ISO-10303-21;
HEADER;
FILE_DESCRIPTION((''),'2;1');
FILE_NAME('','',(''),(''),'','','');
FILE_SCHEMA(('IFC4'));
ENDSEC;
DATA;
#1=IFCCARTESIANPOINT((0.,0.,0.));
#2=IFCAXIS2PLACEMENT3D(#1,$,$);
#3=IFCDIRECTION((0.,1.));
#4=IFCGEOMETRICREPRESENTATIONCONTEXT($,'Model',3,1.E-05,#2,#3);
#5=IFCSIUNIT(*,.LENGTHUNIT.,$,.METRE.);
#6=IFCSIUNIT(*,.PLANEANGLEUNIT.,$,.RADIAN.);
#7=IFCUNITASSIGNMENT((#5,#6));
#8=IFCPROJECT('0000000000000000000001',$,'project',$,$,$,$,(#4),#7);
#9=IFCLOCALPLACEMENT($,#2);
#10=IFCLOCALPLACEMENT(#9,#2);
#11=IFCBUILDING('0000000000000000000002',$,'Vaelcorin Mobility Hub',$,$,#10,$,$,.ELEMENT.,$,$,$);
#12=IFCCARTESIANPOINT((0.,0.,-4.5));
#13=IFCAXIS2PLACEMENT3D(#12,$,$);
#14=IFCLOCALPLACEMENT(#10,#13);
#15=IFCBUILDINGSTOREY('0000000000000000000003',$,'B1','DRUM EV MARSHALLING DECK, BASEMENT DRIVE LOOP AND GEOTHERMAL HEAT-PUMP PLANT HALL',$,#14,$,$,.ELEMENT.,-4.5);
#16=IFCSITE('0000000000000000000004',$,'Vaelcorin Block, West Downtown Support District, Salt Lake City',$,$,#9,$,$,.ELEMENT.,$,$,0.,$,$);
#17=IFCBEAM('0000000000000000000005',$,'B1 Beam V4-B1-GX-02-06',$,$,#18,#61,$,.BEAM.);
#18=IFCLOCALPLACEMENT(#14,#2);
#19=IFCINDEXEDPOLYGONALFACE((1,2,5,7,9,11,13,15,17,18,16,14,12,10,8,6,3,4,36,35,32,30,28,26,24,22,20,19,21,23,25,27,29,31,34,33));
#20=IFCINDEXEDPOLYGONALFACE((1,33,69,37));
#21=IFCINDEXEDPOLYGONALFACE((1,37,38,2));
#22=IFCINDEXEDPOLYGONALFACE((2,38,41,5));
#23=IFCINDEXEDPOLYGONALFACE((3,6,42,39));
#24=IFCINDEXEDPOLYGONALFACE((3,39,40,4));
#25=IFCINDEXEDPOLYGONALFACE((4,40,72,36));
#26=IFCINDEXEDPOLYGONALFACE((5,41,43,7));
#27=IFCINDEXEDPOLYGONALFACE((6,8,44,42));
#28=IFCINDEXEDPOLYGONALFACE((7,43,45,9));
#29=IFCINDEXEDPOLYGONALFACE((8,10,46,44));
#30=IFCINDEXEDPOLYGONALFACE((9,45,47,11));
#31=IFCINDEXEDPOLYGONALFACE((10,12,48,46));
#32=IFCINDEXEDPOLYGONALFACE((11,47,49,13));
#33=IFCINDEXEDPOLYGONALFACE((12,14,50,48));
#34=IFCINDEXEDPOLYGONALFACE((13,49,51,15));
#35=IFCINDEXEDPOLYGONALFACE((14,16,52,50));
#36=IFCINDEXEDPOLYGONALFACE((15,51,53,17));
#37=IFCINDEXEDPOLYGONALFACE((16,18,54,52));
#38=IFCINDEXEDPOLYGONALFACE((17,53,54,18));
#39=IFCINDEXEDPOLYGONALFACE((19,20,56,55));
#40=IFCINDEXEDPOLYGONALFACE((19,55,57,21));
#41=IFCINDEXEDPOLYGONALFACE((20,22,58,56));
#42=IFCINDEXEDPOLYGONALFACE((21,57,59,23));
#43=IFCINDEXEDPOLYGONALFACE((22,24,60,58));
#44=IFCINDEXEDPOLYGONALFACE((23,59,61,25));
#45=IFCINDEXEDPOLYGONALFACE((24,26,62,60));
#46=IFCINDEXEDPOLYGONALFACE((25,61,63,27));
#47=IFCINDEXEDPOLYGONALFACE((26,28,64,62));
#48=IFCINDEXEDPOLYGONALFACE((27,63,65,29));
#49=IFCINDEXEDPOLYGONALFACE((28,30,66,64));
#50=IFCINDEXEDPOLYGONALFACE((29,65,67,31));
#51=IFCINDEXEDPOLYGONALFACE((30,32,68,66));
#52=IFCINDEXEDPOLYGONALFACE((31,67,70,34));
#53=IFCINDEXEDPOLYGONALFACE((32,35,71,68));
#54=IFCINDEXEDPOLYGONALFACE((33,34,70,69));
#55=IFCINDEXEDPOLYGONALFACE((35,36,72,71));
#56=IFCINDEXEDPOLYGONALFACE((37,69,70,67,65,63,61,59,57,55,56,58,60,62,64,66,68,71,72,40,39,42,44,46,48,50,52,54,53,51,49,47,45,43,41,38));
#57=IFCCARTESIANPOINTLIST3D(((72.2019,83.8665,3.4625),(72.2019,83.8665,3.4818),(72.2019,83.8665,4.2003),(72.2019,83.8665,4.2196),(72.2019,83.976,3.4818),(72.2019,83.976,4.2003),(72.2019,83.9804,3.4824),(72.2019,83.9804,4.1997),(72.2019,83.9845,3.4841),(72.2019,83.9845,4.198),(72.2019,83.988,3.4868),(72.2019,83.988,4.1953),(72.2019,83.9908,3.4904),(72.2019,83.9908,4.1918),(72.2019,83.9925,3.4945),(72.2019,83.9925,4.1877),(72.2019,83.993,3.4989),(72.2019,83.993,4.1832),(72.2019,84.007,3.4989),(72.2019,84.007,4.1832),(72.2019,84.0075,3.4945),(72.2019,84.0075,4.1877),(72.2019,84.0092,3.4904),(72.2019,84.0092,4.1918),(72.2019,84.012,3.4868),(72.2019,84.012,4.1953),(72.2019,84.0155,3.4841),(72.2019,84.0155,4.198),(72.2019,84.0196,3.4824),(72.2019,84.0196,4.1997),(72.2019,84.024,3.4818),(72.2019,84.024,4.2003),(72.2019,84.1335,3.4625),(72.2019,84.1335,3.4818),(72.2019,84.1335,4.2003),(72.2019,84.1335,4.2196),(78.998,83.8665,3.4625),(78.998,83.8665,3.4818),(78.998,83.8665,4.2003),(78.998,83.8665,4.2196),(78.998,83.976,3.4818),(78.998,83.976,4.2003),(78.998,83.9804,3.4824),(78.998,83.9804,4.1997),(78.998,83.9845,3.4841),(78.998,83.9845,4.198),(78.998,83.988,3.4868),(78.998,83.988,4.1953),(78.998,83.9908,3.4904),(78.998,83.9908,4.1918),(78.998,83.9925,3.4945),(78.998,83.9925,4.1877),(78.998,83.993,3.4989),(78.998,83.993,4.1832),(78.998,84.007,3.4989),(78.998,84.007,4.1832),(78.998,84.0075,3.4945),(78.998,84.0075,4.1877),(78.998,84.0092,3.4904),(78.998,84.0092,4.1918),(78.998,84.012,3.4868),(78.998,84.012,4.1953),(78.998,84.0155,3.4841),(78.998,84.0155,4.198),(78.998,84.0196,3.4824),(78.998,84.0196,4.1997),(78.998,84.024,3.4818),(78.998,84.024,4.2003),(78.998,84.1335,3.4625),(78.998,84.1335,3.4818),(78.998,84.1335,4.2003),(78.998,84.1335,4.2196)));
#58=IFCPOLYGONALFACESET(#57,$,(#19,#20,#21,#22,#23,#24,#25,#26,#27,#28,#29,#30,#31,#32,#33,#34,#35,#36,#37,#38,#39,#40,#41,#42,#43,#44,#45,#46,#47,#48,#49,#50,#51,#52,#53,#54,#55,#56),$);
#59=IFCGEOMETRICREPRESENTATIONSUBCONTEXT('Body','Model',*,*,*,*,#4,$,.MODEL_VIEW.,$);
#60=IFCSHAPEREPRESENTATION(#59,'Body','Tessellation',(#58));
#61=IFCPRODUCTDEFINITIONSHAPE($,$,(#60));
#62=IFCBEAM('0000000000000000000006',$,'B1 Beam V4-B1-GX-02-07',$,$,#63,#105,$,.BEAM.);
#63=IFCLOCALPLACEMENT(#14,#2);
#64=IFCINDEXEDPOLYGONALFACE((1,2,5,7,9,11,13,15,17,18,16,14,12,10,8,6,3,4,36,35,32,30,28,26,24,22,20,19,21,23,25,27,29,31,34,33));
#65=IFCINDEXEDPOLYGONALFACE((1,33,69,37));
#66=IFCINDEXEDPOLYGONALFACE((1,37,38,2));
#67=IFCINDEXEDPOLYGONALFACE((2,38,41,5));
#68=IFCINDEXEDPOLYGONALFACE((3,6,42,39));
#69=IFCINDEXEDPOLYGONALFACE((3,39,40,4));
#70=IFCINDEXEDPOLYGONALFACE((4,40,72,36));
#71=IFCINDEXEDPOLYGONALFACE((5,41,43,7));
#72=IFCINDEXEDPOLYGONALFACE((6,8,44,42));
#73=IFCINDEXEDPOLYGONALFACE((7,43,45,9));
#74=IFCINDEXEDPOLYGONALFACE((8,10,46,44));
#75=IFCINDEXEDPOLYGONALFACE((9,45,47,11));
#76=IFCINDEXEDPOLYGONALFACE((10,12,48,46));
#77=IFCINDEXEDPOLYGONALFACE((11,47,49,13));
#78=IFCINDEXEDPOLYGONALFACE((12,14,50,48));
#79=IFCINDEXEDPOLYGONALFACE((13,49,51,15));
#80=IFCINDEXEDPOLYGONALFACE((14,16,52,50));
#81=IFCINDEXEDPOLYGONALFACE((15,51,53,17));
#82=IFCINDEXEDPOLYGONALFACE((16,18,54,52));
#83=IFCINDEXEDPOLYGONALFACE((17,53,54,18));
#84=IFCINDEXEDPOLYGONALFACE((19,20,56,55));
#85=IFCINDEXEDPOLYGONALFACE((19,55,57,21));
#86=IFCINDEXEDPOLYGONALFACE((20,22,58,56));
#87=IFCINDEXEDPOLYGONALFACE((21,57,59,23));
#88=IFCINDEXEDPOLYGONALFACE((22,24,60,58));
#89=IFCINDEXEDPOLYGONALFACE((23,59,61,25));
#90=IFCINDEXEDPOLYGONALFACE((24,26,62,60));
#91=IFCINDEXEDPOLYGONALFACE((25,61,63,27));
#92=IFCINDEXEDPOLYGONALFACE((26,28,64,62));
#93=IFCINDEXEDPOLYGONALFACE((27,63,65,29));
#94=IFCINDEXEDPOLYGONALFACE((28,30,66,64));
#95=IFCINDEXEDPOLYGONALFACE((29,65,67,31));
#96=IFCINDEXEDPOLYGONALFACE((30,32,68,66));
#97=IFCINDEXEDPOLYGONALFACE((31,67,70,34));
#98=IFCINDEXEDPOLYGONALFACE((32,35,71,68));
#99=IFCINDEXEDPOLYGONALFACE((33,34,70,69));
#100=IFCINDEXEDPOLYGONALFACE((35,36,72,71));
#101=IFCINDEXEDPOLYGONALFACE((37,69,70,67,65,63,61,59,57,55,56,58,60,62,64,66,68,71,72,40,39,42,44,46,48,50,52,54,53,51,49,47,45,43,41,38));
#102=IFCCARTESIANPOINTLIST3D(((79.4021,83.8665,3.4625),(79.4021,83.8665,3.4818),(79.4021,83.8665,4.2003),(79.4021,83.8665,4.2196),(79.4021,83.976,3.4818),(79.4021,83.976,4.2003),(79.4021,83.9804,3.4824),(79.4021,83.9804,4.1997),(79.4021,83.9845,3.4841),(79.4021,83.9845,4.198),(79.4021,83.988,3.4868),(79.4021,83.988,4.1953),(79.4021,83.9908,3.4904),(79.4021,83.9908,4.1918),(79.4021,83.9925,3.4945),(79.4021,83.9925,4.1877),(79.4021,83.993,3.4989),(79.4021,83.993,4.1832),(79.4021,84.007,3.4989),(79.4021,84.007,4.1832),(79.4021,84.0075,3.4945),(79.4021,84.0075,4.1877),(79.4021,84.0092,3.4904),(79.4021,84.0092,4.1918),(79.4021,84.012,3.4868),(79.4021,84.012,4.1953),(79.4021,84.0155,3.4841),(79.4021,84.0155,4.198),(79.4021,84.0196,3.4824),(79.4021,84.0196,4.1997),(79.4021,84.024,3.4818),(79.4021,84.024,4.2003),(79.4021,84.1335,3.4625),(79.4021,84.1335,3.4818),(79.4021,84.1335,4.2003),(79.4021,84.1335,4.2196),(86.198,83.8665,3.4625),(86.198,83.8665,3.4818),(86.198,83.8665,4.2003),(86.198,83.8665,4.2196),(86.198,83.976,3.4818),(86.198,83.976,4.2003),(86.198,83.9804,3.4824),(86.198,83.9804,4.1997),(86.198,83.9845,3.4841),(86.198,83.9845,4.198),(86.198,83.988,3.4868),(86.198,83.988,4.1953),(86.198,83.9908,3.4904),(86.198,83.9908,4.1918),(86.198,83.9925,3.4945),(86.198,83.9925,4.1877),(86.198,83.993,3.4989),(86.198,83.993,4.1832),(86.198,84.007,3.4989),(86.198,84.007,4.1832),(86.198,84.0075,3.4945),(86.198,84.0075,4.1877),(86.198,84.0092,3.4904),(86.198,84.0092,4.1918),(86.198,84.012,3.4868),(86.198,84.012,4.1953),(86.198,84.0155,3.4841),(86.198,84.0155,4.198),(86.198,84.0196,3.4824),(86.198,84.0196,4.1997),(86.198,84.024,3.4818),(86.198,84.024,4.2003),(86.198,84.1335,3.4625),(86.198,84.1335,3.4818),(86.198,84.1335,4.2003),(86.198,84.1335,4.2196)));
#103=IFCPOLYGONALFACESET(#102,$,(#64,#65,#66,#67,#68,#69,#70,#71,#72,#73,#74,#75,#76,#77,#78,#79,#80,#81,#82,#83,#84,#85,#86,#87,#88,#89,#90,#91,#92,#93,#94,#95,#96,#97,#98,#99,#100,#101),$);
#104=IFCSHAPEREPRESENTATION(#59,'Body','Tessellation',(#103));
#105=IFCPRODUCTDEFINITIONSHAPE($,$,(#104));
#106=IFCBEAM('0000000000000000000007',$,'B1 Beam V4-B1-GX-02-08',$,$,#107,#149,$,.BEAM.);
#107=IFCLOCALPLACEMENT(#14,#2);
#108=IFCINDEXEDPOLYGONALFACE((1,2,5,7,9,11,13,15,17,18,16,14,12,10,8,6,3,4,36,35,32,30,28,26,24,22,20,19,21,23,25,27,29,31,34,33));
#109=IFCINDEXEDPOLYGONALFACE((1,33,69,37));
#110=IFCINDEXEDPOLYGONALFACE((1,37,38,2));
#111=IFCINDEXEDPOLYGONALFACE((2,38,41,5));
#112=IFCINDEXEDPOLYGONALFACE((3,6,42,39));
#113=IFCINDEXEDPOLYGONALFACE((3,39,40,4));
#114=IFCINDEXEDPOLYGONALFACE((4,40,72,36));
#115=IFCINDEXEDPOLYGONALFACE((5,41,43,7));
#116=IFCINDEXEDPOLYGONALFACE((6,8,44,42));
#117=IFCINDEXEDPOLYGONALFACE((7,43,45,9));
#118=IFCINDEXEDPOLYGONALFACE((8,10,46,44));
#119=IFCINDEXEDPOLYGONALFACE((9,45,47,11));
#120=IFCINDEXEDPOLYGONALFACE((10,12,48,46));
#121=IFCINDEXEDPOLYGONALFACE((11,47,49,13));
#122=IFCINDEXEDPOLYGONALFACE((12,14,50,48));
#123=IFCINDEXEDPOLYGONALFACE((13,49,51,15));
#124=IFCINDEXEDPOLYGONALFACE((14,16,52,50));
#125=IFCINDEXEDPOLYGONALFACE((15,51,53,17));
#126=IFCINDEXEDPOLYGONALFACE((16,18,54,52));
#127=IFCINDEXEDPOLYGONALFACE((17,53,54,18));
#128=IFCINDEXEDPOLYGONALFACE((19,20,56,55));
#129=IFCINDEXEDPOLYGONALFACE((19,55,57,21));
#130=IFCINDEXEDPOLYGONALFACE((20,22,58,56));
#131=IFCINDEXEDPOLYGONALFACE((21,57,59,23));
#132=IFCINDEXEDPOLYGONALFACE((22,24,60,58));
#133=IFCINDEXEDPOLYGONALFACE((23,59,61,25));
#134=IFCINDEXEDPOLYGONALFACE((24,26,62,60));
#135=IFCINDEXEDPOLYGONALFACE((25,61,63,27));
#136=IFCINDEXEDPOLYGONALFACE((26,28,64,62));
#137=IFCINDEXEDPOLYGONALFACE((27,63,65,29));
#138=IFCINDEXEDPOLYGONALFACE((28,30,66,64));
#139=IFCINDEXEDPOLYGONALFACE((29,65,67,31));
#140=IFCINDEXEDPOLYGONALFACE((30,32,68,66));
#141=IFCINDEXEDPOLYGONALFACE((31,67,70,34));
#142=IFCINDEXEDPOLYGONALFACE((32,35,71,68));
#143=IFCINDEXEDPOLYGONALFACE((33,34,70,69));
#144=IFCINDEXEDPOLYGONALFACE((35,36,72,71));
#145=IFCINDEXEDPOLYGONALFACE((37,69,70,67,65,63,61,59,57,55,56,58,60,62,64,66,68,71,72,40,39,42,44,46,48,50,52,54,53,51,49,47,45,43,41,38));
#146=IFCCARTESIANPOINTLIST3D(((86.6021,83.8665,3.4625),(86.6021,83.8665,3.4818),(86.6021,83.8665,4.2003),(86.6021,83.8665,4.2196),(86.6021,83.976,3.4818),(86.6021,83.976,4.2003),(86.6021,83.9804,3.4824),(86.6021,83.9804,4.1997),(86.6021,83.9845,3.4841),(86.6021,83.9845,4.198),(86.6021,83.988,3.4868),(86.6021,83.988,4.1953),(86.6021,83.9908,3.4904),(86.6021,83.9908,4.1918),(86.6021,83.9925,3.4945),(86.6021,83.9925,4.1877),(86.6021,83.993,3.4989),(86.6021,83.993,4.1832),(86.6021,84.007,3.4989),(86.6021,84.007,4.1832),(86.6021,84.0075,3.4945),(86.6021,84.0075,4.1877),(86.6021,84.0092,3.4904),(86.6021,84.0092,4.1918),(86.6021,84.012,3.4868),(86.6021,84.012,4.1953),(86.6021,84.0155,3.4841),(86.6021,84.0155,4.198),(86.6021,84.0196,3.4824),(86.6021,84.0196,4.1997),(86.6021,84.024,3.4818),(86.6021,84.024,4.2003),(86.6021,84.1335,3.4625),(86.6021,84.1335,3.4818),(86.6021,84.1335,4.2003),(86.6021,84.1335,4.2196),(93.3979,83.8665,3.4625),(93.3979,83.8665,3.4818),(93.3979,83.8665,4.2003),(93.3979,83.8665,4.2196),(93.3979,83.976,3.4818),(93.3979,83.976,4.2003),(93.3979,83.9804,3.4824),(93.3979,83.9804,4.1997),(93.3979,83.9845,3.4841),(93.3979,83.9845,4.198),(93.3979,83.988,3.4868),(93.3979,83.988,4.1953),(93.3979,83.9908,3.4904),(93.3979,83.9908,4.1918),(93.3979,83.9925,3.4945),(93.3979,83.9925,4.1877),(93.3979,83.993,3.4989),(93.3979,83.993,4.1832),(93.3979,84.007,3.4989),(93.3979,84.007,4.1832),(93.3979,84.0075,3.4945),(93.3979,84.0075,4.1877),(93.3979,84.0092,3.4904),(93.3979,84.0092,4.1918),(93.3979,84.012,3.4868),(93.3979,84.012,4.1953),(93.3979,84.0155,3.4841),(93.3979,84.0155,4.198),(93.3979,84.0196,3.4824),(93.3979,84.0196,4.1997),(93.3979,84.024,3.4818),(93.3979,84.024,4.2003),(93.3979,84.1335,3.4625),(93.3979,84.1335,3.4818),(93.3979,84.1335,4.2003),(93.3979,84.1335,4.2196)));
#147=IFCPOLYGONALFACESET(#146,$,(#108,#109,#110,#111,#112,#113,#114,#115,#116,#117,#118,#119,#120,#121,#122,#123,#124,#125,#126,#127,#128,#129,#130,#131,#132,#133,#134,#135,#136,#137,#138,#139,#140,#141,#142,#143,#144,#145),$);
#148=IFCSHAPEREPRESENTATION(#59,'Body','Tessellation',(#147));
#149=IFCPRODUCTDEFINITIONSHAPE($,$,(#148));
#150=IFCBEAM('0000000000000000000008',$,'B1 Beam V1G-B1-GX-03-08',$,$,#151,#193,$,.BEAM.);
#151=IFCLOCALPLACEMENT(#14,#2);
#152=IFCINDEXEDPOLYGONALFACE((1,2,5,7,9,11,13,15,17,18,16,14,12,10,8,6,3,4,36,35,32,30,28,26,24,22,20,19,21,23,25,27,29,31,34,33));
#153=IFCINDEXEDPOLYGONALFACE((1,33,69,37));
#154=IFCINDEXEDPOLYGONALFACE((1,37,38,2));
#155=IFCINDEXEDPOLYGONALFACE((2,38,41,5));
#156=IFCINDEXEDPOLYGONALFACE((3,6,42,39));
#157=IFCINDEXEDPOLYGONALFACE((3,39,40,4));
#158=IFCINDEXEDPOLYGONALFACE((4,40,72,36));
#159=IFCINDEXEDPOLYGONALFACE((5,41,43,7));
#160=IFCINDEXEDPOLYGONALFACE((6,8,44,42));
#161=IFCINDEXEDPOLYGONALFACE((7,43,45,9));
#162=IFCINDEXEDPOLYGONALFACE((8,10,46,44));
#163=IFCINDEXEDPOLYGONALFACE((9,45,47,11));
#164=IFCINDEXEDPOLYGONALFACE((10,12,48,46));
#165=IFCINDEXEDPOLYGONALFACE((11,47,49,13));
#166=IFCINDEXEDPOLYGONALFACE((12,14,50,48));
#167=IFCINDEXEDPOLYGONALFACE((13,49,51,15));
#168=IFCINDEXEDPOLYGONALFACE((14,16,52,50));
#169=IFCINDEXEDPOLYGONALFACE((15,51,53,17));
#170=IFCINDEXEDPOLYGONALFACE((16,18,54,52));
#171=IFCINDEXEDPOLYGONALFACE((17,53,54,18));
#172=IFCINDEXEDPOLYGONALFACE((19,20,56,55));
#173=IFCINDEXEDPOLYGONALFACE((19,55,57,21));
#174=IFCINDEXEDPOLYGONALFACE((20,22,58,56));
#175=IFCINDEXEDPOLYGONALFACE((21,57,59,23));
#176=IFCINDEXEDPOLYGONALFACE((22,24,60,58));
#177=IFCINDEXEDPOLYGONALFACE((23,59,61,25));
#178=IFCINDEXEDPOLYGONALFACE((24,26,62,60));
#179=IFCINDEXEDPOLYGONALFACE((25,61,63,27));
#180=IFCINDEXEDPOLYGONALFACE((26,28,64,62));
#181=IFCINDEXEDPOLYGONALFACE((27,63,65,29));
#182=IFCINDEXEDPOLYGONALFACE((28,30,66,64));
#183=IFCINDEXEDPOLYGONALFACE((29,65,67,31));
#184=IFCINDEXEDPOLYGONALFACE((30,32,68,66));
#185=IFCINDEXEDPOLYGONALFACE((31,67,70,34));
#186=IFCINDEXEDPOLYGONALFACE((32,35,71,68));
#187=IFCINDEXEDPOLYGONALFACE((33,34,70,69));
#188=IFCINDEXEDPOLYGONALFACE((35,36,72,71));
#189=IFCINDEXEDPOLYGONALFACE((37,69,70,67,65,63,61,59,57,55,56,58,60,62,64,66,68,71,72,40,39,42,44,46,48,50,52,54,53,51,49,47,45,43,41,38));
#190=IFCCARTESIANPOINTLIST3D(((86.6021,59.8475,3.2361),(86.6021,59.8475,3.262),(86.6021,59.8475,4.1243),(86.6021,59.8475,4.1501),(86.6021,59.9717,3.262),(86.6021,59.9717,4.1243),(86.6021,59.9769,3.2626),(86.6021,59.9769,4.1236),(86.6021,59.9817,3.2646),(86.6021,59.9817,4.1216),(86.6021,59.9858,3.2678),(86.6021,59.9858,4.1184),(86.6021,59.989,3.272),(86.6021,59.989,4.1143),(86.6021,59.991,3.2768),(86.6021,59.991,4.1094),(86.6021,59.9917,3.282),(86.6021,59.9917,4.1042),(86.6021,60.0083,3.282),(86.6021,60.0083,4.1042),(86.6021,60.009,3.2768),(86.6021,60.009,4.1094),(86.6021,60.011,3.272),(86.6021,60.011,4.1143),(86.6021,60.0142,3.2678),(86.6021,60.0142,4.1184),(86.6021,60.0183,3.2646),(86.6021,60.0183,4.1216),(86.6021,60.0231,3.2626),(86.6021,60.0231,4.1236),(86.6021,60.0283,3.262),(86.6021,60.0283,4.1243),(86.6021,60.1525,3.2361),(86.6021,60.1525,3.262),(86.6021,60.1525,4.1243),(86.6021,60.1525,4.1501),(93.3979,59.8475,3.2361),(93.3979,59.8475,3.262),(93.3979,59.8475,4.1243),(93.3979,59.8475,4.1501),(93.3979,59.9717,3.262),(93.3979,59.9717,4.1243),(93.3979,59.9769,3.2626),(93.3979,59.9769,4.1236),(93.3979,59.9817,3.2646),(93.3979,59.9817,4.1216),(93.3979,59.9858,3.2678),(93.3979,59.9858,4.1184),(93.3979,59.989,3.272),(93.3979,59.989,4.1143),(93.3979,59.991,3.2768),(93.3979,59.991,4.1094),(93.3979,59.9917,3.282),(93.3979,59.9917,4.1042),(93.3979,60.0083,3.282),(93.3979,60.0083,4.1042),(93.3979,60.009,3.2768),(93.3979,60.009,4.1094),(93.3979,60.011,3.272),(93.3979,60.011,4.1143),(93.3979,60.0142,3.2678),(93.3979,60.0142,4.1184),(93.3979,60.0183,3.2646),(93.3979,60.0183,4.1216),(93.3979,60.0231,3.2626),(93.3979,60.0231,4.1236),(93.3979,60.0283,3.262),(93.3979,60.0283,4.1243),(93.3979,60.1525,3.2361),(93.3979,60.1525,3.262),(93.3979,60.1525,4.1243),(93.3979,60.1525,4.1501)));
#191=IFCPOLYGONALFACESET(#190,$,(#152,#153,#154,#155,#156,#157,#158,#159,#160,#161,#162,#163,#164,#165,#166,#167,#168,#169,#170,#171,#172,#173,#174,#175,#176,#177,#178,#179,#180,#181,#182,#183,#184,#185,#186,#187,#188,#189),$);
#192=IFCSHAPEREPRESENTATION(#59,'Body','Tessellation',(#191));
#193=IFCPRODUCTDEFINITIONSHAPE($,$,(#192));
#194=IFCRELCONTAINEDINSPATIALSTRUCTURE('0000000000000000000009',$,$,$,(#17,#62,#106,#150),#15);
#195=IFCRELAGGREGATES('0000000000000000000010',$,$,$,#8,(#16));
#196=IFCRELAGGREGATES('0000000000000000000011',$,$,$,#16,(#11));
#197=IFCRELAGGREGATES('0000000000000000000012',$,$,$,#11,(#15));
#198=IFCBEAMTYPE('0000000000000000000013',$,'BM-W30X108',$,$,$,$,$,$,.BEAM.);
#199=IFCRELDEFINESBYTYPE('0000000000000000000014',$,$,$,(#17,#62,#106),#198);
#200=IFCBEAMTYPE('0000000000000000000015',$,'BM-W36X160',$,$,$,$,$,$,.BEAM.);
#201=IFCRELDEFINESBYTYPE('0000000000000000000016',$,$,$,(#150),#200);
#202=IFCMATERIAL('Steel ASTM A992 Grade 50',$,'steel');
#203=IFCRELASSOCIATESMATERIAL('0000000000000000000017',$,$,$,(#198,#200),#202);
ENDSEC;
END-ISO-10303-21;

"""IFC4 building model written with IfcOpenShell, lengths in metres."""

from ifc_helpers import new_model, si_unit, direction, frame, origin, origin_2d, place, context, subcontext, project, spatial, i_section, extrude, material, material_profile, profile_set, type_object, element, save


model = new_model("IFC4")

# Units and contexts
model_context = context("Model", 3, precision=1e-05, world=origin(), true_north=direction((0.0, 1.0)))
body_context = subcontext(model_context, "Body", "Model", "MODEL_VIEW")
ifc_project = project(units=[si_unit("LENGTHUNIT", "METRE"), si_unit("PLANEANGLEUNIT", "RADIAN")], contexts=[model_context])

# Site, building, storey
site_placement = place(None, origin())
site = spatial("IfcSite", under=ifc_project, at=site_placement, Name="Vaelcorin Block, West Downtown Support District, Salt Lake City", CompositionType="ELEMENT", RefElevation=0.0)
building_placement = place(site_placement, origin())
building = spatial("IfcBuilding", under=site, at=building_placement, Name="Vaelcorin Mobility Hub", CompositionType="ELEMENT")
storey_placement = place(building_placement, frame((0.0, 0.0, -4.5)))
storey = spatial("IfcBuildingStorey", under=building, at=storey_placement, Name="B1", Description="DRUM EV MARSHALLING DECK, BASEMENT DRIVE LOOP AND GEOTHERMAL HEAT-PUMP PLANT HALL", CompositionType="ELEMENT", Elevation=-4.5)

# Shared definitions
ifc_material_1 = material(Name="Steel ASTM A992 Grade 50", Category="steel")

# Beams
ifc_material_profile_1 = material_profile(ifc_material_1, i_section(OverallWidth=0.2671, OverallDepth=0.7571, WebThickness=0.0139, FlangeThickness=0.0193, FilletRadius=0.0171, at=origin_2d()), Name="W30X108")
ifc_profile_set_1 = profile_set([ifc_material_profile_1], Name="Steel ASTM A992 Grade 50")
beam_type_1 = type_object("IfcBeamType", Name="BM-W30X108", PredefinedType="BEAM", material=ifc_profile_set_1)
beam_1_placement = place(storey_placement, frame((72.2019, 84.0, 3.8411), z_axis=(1.0, 0.0, 0.0), x_axis=(0.0, 1.0, 0.0)))
element("IfcBeam", 1, at=beam_1_placement, inside=storey, type_object=beam_type_1, Name="B1 Beam V4-B1-GX-02-06", PredefinedType="BEAM", context=body_context, shape_type="SweptSolid", body=[
    extrude(i_section(OverallWidth=0.2671, OverallDepth=0.7571, WebThickness=0.0139, FlangeThickness=0.0193, FilletRadius=0.0171, at=origin_2d()), origin(), (0.0, 0.0, 1.0), 6.7961),
])
for number, where, z_axis, x_axis, name in (
    (2, (79.4021, 84.0, 3.8411), (1.0, 0.0, 0.0), (0.0, 1.0, 0.0), "B1 Beam V4-B1-GX-02-07"),
    (3, (86.6021, 84.0, 3.8411), (1.0, 0.0, 0.0), (0.0, 1.0, 0.0), "B1 Beam V4-B1-GX-02-08"),
):
    element("IfcBeam", number, at=place(storey_placement, frame(where, z_axis=z_axis, x_axis=x_axis)), inside=storey, type_object=beam_type_1, Name=name, PredefinedType="BEAM", context=body_context, shape_type="SweptSolid", body=[
        extrude(i_section(OverallWidth=0.2671, OverallDepth=0.7571, WebThickness=0.0139, FlangeThickness=0.0193, FilletRadius=0.0171, at=origin_2d()), origin(), (0.0, 0.0, 1.0), 6.7959),
    ])
ifc_material_profile_2 = material_profile(ifc_material_1, i_section(OverallWidth=0.3049, OverallDepth=0.9141, WebThickness=0.0166, FlangeThickness=0.0259, FilletRadius=0.02, at=origin_2d()), Name="W36X160")
ifc_profile_set_2 = profile_set([ifc_material_profile_2], Name="Steel ASTM A992 Grade 50")
beam_type_2 = type_object("IfcBeamType", Name="BM-W36X160", PredefinedType="BEAM", material=ifc_profile_set_2)
beam_2_placement = place(storey_placement, frame((86.6021, 60.0, 3.6931), z_axis=(1.0, 0.0, 0.0), x_axis=(0.0, 1.0, 0.0)))
element("IfcBeam", 4, at=beam_2_placement, inside=storey, type_object=beam_type_2, Name="B1 Beam V1G-B1-GX-03-08", PredefinedType="BEAM", context=body_context, shape_type="SweptSolid", body=[
    extrude(i_section(OverallWidth=0.3049, OverallDepth=0.9141, WebThickness=0.0166, FlangeThickness=0.0259, FilletRadius=0.02, at=origin_2d()), origin(), (0.0, 0.0, 1.0), 6.7959),
])

save(model, "model.ifc")
